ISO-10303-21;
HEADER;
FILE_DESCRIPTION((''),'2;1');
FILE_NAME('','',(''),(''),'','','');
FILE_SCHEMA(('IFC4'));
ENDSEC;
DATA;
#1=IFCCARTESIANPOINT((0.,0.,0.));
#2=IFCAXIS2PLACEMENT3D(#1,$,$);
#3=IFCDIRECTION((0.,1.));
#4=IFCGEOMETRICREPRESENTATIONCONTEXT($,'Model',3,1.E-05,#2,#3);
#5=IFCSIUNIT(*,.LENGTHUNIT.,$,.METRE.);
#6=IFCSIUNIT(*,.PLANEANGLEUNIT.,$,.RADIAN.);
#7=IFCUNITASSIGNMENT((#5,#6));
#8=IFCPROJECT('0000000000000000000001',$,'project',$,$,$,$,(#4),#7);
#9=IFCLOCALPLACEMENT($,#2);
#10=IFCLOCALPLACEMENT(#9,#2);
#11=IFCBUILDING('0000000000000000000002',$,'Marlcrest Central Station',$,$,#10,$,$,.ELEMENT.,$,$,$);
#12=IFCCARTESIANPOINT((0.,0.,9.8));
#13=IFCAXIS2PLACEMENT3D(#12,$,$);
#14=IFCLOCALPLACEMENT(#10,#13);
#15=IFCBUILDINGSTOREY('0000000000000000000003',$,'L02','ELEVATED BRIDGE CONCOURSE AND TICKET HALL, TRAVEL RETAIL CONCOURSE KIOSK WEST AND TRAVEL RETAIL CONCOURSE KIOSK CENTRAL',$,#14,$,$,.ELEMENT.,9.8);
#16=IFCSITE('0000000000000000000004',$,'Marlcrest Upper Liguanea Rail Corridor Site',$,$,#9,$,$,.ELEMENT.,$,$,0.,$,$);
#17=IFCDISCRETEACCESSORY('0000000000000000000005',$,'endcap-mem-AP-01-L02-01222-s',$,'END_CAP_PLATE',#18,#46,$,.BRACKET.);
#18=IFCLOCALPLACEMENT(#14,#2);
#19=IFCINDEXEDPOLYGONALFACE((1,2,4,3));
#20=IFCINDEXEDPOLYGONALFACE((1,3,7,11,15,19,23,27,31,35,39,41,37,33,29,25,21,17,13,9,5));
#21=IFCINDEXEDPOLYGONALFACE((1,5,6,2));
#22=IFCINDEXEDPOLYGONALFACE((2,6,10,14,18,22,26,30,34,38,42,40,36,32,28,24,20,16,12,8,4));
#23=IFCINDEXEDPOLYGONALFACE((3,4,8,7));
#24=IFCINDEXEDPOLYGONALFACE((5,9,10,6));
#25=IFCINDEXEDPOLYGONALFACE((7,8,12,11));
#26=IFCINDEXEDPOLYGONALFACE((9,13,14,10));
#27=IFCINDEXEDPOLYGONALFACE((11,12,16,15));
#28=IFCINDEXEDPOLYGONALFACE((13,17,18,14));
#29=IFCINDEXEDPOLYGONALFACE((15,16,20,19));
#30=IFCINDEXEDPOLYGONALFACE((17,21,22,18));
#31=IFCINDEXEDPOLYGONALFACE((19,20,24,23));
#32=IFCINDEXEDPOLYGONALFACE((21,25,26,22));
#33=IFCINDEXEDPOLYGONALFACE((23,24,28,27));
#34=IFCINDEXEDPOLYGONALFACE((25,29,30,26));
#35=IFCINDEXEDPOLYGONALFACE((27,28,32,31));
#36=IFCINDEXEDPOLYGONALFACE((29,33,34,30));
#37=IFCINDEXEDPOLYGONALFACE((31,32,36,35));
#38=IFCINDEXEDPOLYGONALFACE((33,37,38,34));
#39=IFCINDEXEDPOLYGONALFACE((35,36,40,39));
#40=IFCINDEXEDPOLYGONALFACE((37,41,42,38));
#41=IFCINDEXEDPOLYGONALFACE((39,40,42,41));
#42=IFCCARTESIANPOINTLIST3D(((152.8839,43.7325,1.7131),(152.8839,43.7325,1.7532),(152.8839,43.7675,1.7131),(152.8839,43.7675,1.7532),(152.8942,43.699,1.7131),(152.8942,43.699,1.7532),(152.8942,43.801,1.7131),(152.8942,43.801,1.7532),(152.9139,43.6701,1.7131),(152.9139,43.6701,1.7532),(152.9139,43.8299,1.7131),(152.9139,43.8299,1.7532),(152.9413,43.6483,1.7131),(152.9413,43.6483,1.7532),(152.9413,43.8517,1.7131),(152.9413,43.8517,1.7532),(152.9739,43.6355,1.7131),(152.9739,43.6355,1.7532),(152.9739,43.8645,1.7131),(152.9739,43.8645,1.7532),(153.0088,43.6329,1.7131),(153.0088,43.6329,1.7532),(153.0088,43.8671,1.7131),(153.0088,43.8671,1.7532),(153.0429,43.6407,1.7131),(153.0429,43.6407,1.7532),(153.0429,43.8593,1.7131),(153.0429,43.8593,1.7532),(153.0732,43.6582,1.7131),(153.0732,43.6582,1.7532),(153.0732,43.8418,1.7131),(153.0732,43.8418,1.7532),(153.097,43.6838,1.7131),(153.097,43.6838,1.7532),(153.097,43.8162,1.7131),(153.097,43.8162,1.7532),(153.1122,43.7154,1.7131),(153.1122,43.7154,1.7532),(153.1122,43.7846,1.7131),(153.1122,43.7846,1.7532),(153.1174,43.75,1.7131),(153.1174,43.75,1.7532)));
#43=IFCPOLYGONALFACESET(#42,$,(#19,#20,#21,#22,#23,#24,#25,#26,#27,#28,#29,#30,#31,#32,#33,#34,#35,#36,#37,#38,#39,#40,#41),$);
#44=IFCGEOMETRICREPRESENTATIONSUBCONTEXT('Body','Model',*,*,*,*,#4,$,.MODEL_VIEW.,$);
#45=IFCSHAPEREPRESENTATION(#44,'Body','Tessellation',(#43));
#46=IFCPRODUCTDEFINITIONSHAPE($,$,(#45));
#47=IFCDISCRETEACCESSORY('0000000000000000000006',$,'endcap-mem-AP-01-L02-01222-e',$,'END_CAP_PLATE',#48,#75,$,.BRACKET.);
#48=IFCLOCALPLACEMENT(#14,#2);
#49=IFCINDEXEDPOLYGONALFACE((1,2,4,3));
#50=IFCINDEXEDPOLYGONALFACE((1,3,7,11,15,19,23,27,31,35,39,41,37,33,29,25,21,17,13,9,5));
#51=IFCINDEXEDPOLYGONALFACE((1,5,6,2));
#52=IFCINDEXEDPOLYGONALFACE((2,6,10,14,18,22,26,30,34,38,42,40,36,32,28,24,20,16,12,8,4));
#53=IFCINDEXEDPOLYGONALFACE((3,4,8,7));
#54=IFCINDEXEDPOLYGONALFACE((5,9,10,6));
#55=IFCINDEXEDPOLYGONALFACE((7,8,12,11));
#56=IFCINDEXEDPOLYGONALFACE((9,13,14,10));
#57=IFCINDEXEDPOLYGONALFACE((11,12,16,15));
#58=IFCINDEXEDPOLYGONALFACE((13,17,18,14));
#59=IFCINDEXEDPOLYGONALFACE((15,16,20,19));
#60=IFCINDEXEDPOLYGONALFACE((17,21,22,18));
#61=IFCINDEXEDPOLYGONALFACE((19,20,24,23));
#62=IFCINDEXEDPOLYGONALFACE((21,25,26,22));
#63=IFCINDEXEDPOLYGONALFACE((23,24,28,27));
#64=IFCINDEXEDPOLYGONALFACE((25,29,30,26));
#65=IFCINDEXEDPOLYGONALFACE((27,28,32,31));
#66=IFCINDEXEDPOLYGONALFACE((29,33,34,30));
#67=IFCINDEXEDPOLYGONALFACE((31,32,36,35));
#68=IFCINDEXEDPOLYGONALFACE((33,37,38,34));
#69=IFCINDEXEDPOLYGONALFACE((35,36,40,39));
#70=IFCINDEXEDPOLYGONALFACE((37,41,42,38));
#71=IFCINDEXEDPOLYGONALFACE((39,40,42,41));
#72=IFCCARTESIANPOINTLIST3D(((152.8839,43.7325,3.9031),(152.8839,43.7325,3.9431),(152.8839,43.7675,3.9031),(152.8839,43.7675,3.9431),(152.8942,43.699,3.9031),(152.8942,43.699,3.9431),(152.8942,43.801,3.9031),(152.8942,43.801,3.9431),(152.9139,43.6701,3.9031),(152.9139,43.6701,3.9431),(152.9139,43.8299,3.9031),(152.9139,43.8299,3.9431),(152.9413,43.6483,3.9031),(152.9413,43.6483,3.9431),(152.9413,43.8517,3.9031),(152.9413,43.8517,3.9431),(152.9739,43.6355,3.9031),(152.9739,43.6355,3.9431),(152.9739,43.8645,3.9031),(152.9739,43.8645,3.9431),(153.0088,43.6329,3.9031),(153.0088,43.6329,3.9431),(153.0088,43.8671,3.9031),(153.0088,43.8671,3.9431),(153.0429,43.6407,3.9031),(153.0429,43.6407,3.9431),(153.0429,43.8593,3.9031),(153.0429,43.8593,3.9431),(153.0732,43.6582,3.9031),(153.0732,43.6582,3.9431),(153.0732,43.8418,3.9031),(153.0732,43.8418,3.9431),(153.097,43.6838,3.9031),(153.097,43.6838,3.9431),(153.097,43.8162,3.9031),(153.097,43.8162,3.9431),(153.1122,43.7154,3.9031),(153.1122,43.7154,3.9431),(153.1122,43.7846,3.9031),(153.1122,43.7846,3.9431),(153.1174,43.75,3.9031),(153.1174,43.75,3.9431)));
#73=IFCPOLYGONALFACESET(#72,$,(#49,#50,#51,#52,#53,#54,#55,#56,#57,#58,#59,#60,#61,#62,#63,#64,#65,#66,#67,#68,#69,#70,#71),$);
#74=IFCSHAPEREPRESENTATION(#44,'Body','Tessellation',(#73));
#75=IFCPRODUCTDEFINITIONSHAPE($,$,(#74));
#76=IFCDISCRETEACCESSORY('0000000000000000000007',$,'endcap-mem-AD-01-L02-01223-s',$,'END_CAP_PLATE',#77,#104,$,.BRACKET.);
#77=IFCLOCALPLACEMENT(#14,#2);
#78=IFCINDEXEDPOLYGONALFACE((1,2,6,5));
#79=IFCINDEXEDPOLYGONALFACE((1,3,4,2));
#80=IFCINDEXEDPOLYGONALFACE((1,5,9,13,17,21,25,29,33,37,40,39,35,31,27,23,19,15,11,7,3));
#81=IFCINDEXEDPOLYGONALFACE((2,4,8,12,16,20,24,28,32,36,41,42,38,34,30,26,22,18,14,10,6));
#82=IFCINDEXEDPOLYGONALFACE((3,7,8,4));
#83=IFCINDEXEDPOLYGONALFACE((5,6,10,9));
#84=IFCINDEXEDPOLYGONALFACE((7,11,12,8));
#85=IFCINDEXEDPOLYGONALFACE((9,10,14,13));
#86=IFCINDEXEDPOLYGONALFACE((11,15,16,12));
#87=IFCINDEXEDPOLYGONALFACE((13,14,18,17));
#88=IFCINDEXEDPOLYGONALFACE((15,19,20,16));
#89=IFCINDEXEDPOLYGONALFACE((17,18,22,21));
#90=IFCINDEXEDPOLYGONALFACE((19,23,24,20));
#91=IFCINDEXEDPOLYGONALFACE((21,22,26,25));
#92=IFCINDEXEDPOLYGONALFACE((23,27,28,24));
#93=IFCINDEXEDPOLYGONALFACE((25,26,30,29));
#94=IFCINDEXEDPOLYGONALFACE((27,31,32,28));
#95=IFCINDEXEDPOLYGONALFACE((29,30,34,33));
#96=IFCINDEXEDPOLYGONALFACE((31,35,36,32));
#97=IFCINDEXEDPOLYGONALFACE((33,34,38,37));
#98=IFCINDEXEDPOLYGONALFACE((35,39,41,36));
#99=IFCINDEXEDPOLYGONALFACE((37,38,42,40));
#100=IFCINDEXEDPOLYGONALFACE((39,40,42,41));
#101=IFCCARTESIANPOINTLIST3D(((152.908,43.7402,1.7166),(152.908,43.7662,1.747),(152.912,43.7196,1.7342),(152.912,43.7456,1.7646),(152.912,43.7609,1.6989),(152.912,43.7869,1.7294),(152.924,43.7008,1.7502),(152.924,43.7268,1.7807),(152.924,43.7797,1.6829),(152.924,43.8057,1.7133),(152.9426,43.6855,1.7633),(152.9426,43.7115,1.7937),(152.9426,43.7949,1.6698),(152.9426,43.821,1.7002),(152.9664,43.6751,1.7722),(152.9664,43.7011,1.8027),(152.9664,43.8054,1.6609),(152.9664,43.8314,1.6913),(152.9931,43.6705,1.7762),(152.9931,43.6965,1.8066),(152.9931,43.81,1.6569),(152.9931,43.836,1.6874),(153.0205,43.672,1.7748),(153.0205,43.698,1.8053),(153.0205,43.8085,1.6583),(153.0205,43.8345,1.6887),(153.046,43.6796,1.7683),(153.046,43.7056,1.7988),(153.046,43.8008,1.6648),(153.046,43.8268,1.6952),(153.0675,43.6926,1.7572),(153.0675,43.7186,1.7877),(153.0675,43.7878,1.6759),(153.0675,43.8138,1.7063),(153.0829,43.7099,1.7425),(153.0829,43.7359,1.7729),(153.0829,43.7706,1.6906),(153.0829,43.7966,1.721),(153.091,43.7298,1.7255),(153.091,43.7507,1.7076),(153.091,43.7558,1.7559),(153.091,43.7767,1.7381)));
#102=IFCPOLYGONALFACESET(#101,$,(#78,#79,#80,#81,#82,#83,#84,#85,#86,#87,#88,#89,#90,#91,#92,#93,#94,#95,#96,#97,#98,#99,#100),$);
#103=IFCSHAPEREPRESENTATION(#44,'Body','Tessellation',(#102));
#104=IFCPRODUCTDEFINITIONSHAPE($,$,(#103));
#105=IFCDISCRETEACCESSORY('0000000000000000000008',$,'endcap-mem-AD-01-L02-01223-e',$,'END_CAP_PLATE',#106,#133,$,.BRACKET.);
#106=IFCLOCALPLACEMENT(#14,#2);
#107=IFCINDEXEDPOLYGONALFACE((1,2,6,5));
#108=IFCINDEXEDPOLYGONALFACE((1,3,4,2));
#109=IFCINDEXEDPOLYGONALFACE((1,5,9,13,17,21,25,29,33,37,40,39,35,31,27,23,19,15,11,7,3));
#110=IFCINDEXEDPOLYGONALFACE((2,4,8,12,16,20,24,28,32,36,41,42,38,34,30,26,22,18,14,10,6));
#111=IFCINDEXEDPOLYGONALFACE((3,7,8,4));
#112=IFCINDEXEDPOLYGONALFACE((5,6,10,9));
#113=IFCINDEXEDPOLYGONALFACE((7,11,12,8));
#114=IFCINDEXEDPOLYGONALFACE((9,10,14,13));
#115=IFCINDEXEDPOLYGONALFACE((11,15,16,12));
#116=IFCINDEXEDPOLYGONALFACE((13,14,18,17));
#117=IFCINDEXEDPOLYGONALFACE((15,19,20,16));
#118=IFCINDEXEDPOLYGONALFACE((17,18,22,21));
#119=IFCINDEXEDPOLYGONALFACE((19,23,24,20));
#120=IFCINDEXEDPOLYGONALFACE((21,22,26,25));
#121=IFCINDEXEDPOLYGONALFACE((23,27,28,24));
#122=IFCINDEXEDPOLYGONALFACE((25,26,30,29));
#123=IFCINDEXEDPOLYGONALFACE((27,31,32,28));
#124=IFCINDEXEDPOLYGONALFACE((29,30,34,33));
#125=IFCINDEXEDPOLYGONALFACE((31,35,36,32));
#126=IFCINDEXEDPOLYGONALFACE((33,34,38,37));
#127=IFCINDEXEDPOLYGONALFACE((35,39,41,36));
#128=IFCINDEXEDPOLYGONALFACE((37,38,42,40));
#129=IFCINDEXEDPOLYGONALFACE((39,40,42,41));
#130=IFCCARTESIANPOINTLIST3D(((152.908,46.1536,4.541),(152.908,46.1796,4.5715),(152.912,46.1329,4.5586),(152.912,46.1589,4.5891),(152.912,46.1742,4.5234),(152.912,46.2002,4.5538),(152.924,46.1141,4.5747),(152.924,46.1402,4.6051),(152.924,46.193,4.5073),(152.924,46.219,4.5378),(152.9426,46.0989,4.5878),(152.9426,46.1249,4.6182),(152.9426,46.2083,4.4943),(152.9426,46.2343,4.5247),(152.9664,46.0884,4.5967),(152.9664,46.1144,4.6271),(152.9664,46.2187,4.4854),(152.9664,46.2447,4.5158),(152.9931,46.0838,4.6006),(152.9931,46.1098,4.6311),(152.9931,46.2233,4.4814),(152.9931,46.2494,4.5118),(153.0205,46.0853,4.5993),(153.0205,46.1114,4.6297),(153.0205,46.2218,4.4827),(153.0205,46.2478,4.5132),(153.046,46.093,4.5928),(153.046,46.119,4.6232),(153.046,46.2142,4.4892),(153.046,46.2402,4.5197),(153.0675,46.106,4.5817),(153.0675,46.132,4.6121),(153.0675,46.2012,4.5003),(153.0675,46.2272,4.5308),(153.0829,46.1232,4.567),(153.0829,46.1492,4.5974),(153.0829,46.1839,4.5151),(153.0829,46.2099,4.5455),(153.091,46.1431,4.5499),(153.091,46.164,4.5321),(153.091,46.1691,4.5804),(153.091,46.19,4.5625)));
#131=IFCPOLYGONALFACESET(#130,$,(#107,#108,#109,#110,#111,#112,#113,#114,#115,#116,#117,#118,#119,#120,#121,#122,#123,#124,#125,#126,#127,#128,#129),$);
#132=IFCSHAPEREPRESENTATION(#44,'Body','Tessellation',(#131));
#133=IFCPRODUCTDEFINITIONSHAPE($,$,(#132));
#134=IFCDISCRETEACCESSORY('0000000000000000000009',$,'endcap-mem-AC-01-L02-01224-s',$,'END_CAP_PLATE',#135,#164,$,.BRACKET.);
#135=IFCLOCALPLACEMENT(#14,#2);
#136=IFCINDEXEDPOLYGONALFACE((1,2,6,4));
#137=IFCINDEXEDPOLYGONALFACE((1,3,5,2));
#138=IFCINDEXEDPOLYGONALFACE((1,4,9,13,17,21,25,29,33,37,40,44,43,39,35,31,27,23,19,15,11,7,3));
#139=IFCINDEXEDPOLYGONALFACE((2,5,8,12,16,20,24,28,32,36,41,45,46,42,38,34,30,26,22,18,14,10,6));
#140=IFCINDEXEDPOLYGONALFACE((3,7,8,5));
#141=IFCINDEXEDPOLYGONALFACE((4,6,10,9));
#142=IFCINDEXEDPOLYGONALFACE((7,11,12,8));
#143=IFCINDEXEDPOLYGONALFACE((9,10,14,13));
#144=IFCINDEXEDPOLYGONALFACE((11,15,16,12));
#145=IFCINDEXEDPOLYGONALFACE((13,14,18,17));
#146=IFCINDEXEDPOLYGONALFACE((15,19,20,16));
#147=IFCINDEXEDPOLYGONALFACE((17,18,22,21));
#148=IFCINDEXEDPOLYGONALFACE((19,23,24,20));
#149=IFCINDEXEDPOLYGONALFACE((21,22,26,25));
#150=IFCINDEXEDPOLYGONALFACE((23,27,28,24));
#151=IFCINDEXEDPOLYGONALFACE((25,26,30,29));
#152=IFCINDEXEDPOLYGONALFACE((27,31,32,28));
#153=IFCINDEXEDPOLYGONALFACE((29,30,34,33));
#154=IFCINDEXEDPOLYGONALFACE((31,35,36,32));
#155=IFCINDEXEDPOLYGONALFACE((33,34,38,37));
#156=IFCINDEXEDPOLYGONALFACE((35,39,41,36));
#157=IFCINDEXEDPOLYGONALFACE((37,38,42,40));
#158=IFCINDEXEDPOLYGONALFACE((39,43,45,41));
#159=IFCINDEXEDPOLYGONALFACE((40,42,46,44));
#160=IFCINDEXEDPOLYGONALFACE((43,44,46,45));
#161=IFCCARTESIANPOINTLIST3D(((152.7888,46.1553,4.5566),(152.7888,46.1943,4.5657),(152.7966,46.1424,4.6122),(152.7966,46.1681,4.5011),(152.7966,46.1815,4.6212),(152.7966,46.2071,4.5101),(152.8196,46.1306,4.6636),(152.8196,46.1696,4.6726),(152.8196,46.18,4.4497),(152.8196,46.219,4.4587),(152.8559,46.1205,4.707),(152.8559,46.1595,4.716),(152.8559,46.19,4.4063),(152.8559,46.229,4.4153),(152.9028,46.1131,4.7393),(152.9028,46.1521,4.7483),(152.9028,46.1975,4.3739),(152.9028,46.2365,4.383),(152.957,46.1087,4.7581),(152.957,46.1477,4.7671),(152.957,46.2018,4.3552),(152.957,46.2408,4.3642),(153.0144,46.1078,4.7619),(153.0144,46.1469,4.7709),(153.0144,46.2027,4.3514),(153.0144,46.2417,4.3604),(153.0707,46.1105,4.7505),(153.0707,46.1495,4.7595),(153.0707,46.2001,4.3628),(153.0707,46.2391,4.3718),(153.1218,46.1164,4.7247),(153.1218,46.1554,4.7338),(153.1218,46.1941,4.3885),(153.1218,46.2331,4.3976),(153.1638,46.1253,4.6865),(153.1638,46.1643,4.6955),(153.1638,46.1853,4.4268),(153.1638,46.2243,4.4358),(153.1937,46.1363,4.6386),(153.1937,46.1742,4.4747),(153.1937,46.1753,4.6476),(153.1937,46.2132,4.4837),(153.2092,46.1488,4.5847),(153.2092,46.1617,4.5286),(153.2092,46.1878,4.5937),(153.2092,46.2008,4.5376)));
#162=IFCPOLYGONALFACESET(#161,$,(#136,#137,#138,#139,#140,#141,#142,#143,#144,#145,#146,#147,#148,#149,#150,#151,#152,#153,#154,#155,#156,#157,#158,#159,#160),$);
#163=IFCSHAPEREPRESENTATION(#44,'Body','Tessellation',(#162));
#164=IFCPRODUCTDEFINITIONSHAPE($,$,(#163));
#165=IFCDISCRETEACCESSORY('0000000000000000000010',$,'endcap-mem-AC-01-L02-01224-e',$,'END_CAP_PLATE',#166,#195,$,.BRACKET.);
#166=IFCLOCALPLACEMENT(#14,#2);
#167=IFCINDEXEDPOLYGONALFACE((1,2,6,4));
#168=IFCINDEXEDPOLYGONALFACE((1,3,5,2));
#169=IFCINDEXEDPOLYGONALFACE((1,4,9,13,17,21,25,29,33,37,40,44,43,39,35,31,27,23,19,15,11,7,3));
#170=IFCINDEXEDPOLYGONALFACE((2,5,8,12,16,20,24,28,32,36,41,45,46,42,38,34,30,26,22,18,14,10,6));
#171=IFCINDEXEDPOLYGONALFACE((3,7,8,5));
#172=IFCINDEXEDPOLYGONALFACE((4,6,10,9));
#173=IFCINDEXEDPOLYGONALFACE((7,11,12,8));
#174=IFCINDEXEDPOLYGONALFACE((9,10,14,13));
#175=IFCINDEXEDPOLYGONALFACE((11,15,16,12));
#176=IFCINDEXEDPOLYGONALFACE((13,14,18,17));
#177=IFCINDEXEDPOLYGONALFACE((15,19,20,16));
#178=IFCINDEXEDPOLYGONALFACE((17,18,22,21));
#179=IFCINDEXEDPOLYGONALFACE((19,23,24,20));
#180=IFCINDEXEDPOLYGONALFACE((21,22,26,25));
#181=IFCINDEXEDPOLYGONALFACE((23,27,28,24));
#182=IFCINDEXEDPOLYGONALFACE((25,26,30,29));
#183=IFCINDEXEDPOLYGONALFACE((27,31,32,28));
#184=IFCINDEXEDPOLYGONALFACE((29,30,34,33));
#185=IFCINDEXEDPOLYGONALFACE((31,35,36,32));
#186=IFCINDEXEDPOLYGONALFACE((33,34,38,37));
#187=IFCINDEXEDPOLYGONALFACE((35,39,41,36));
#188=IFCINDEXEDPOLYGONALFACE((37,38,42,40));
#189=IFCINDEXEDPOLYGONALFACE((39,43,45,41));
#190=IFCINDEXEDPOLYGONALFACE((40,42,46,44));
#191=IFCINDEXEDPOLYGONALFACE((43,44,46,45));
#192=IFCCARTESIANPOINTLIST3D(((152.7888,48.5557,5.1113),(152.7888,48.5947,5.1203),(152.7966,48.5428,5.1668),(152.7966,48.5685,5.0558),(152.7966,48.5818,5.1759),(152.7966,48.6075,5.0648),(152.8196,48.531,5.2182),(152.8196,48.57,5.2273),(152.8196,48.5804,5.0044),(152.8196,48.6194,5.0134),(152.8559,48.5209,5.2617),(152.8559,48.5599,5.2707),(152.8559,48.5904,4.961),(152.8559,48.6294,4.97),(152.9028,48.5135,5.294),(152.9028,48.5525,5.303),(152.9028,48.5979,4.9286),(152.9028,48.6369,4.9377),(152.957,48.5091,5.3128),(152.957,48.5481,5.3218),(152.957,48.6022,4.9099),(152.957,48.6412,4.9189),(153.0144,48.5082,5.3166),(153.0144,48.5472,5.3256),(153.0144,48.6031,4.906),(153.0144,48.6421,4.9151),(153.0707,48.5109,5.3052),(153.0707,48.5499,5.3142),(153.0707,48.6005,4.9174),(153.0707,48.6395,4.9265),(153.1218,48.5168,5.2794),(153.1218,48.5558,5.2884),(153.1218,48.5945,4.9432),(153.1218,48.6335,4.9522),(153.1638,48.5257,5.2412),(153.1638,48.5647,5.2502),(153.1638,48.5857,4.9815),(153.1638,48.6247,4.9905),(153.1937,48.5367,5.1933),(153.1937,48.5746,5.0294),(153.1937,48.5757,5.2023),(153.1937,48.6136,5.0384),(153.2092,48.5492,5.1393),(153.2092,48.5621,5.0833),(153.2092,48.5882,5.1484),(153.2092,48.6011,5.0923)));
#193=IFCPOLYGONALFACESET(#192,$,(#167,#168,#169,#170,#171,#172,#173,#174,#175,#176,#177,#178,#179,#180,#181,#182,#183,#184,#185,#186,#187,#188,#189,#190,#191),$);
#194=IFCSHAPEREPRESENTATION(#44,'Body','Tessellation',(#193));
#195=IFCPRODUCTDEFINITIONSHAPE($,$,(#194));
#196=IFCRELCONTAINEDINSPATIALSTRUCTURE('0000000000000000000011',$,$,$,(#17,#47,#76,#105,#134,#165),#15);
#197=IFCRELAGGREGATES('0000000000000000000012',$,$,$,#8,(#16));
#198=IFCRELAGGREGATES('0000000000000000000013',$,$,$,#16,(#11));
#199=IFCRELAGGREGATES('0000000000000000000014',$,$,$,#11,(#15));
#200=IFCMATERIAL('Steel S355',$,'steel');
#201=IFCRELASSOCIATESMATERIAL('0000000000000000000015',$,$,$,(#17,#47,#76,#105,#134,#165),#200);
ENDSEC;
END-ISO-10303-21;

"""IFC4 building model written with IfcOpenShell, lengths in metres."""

from ifc_helpers import new_model, si_unit, direction, frame, origin, origin_2d, place, context, subcontext, project, spatial, circle, extrude, material, element, save


model = new_model("IFC4")

# Units and contexts
model_context = context("Model", 3, precision=1e-05, world=origin(), true_north=direction((0.0, 1.0)))
body_context = subcontext(model_context, "Body", "Model", "MODEL_VIEW")
ifc_project = project(units=[si_unit("LENGTHUNIT", "METRE"), si_unit("PLANEANGLEUNIT", "RADIAN")], contexts=[model_context])

# Site, building, storey
site_placement = place(None, origin())
site = spatial("IfcSite", under=ifc_project, at=site_placement, Name="Marlcrest Upper Liguanea Rail Corridor Site", CompositionType="ELEMENT", RefElevation=0.0)
building_placement = place(site_placement, origin())
building = spatial("IfcBuilding", under=site, at=building_placement, Name="Marlcrest Central Station", CompositionType="ELEMENT")
storey_placement = place(building_placement, frame((0.0, 0.0, 9.8)))
storey = spatial("IfcBuildingStorey", under=building, at=storey_placement, Name="L02", Description="ELEVATED BRIDGE CONCOURSE AND TICKET HALL, TRAVEL RETAIL CONCOURSE KIOSK WEST AND TRAVEL RETAIL CONCOURSE KIOSK CENTRAL", CompositionType="ELEMENT", Elevation=9.8)

# Shared definitions
ifc_material_1 = material(Name="Steel S355", Category="steel")

# Discrete accessories
for number, where, z_axis, x_axis, name in (
    (1, (153.0, 43.75, 1.7131), (0.0, 0.0, 1.0), (1.0, 0.0, 0.0), "endcap-mem-AP-01-L02-01222-s"),
    (2, (153.0, 43.75, 3.9031), (0.0, 0.0, 1.0), (1.0, 0.0, 0.0), "endcap-mem-AP-01-L02-01222-e"),
):
    element("IfcDiscreteAccessory", number, at=place(storey_placement, frame(where, z_axis=z_axis, x_axis=x_axis)), inside=storey, material=ifc_material_1, Name=name, ObjectType="END_CAP_PLATE", PredefinedType="BRACKET", context=body_context, shape_type="SweptSolid", body=[
        extrude(circle(Radius=0.1174, at=origin_2d()), origin(), (0.0, 0.0, 1.0), 0.04),
    ])
for number, where, z_axis, x_axis, name in (
    (3, (153.0, 43.7402, 1.7166), (0.0, 0.649625, 0.760255), (-1.0, 0.0, 0.0), "endcap-mem-AD-01-L02-01223-s"),
    (4, (153.0, 46.1536, 4.541), (0.0, 0.649625, 0.760255), (-1.0, 0.0, 0.0), "endcap-mem-AD-01-L02-01223-e"),
):
    element("IfcDiscreteAccessory", number, at=place(storey_placement, frame(where, z_axis=z_axis, x_axis=x_axis)), inside=storey, material=ifc_material_1, Name=name, ObjectType="END_CAP_PLATE", PredefinedType="BRACKET", context=body_context, shape_type="SweptSolid", body=[
        extrude(circle(Radius=0.092, at=origin_2d()), origin(), (0.0, 0.0, 1.0), 0.04),
    ])
for number, where, z_axis, x_axis, name in (
    (5, (153.0, 46.1553, 4.5566), (0.0, 0.97433, 0.225126), (-1.0, 0.0, 0.0), "endcap-mem-AC-01-L02-01224-s"),
    (6, (153.0, 48.5557, 5.1113), (0.0, 0.97433, 0.225126), (-1.0, 0.0, 0.0), "endcap-mem-AC-01-L02-01224-e"),
):
    element("IfcDiscreteAccessory", number, at=place(storey_placement, frame(where, z_axis=z_axis, x_axis=x_axis)), inside=storey, material=ifc_material_1, Name=name, ObjectType="END_CAP_PLATE", PredefinedType="BRACKET", context=body_context, shape_type="SweptSolid", body=[
        extrude(circle(Radius=0.2112, at=origin_2d()), origin(), (0.0, 0.0, 1.0), 0.04),
    ])

save(model, "model.ifc")
